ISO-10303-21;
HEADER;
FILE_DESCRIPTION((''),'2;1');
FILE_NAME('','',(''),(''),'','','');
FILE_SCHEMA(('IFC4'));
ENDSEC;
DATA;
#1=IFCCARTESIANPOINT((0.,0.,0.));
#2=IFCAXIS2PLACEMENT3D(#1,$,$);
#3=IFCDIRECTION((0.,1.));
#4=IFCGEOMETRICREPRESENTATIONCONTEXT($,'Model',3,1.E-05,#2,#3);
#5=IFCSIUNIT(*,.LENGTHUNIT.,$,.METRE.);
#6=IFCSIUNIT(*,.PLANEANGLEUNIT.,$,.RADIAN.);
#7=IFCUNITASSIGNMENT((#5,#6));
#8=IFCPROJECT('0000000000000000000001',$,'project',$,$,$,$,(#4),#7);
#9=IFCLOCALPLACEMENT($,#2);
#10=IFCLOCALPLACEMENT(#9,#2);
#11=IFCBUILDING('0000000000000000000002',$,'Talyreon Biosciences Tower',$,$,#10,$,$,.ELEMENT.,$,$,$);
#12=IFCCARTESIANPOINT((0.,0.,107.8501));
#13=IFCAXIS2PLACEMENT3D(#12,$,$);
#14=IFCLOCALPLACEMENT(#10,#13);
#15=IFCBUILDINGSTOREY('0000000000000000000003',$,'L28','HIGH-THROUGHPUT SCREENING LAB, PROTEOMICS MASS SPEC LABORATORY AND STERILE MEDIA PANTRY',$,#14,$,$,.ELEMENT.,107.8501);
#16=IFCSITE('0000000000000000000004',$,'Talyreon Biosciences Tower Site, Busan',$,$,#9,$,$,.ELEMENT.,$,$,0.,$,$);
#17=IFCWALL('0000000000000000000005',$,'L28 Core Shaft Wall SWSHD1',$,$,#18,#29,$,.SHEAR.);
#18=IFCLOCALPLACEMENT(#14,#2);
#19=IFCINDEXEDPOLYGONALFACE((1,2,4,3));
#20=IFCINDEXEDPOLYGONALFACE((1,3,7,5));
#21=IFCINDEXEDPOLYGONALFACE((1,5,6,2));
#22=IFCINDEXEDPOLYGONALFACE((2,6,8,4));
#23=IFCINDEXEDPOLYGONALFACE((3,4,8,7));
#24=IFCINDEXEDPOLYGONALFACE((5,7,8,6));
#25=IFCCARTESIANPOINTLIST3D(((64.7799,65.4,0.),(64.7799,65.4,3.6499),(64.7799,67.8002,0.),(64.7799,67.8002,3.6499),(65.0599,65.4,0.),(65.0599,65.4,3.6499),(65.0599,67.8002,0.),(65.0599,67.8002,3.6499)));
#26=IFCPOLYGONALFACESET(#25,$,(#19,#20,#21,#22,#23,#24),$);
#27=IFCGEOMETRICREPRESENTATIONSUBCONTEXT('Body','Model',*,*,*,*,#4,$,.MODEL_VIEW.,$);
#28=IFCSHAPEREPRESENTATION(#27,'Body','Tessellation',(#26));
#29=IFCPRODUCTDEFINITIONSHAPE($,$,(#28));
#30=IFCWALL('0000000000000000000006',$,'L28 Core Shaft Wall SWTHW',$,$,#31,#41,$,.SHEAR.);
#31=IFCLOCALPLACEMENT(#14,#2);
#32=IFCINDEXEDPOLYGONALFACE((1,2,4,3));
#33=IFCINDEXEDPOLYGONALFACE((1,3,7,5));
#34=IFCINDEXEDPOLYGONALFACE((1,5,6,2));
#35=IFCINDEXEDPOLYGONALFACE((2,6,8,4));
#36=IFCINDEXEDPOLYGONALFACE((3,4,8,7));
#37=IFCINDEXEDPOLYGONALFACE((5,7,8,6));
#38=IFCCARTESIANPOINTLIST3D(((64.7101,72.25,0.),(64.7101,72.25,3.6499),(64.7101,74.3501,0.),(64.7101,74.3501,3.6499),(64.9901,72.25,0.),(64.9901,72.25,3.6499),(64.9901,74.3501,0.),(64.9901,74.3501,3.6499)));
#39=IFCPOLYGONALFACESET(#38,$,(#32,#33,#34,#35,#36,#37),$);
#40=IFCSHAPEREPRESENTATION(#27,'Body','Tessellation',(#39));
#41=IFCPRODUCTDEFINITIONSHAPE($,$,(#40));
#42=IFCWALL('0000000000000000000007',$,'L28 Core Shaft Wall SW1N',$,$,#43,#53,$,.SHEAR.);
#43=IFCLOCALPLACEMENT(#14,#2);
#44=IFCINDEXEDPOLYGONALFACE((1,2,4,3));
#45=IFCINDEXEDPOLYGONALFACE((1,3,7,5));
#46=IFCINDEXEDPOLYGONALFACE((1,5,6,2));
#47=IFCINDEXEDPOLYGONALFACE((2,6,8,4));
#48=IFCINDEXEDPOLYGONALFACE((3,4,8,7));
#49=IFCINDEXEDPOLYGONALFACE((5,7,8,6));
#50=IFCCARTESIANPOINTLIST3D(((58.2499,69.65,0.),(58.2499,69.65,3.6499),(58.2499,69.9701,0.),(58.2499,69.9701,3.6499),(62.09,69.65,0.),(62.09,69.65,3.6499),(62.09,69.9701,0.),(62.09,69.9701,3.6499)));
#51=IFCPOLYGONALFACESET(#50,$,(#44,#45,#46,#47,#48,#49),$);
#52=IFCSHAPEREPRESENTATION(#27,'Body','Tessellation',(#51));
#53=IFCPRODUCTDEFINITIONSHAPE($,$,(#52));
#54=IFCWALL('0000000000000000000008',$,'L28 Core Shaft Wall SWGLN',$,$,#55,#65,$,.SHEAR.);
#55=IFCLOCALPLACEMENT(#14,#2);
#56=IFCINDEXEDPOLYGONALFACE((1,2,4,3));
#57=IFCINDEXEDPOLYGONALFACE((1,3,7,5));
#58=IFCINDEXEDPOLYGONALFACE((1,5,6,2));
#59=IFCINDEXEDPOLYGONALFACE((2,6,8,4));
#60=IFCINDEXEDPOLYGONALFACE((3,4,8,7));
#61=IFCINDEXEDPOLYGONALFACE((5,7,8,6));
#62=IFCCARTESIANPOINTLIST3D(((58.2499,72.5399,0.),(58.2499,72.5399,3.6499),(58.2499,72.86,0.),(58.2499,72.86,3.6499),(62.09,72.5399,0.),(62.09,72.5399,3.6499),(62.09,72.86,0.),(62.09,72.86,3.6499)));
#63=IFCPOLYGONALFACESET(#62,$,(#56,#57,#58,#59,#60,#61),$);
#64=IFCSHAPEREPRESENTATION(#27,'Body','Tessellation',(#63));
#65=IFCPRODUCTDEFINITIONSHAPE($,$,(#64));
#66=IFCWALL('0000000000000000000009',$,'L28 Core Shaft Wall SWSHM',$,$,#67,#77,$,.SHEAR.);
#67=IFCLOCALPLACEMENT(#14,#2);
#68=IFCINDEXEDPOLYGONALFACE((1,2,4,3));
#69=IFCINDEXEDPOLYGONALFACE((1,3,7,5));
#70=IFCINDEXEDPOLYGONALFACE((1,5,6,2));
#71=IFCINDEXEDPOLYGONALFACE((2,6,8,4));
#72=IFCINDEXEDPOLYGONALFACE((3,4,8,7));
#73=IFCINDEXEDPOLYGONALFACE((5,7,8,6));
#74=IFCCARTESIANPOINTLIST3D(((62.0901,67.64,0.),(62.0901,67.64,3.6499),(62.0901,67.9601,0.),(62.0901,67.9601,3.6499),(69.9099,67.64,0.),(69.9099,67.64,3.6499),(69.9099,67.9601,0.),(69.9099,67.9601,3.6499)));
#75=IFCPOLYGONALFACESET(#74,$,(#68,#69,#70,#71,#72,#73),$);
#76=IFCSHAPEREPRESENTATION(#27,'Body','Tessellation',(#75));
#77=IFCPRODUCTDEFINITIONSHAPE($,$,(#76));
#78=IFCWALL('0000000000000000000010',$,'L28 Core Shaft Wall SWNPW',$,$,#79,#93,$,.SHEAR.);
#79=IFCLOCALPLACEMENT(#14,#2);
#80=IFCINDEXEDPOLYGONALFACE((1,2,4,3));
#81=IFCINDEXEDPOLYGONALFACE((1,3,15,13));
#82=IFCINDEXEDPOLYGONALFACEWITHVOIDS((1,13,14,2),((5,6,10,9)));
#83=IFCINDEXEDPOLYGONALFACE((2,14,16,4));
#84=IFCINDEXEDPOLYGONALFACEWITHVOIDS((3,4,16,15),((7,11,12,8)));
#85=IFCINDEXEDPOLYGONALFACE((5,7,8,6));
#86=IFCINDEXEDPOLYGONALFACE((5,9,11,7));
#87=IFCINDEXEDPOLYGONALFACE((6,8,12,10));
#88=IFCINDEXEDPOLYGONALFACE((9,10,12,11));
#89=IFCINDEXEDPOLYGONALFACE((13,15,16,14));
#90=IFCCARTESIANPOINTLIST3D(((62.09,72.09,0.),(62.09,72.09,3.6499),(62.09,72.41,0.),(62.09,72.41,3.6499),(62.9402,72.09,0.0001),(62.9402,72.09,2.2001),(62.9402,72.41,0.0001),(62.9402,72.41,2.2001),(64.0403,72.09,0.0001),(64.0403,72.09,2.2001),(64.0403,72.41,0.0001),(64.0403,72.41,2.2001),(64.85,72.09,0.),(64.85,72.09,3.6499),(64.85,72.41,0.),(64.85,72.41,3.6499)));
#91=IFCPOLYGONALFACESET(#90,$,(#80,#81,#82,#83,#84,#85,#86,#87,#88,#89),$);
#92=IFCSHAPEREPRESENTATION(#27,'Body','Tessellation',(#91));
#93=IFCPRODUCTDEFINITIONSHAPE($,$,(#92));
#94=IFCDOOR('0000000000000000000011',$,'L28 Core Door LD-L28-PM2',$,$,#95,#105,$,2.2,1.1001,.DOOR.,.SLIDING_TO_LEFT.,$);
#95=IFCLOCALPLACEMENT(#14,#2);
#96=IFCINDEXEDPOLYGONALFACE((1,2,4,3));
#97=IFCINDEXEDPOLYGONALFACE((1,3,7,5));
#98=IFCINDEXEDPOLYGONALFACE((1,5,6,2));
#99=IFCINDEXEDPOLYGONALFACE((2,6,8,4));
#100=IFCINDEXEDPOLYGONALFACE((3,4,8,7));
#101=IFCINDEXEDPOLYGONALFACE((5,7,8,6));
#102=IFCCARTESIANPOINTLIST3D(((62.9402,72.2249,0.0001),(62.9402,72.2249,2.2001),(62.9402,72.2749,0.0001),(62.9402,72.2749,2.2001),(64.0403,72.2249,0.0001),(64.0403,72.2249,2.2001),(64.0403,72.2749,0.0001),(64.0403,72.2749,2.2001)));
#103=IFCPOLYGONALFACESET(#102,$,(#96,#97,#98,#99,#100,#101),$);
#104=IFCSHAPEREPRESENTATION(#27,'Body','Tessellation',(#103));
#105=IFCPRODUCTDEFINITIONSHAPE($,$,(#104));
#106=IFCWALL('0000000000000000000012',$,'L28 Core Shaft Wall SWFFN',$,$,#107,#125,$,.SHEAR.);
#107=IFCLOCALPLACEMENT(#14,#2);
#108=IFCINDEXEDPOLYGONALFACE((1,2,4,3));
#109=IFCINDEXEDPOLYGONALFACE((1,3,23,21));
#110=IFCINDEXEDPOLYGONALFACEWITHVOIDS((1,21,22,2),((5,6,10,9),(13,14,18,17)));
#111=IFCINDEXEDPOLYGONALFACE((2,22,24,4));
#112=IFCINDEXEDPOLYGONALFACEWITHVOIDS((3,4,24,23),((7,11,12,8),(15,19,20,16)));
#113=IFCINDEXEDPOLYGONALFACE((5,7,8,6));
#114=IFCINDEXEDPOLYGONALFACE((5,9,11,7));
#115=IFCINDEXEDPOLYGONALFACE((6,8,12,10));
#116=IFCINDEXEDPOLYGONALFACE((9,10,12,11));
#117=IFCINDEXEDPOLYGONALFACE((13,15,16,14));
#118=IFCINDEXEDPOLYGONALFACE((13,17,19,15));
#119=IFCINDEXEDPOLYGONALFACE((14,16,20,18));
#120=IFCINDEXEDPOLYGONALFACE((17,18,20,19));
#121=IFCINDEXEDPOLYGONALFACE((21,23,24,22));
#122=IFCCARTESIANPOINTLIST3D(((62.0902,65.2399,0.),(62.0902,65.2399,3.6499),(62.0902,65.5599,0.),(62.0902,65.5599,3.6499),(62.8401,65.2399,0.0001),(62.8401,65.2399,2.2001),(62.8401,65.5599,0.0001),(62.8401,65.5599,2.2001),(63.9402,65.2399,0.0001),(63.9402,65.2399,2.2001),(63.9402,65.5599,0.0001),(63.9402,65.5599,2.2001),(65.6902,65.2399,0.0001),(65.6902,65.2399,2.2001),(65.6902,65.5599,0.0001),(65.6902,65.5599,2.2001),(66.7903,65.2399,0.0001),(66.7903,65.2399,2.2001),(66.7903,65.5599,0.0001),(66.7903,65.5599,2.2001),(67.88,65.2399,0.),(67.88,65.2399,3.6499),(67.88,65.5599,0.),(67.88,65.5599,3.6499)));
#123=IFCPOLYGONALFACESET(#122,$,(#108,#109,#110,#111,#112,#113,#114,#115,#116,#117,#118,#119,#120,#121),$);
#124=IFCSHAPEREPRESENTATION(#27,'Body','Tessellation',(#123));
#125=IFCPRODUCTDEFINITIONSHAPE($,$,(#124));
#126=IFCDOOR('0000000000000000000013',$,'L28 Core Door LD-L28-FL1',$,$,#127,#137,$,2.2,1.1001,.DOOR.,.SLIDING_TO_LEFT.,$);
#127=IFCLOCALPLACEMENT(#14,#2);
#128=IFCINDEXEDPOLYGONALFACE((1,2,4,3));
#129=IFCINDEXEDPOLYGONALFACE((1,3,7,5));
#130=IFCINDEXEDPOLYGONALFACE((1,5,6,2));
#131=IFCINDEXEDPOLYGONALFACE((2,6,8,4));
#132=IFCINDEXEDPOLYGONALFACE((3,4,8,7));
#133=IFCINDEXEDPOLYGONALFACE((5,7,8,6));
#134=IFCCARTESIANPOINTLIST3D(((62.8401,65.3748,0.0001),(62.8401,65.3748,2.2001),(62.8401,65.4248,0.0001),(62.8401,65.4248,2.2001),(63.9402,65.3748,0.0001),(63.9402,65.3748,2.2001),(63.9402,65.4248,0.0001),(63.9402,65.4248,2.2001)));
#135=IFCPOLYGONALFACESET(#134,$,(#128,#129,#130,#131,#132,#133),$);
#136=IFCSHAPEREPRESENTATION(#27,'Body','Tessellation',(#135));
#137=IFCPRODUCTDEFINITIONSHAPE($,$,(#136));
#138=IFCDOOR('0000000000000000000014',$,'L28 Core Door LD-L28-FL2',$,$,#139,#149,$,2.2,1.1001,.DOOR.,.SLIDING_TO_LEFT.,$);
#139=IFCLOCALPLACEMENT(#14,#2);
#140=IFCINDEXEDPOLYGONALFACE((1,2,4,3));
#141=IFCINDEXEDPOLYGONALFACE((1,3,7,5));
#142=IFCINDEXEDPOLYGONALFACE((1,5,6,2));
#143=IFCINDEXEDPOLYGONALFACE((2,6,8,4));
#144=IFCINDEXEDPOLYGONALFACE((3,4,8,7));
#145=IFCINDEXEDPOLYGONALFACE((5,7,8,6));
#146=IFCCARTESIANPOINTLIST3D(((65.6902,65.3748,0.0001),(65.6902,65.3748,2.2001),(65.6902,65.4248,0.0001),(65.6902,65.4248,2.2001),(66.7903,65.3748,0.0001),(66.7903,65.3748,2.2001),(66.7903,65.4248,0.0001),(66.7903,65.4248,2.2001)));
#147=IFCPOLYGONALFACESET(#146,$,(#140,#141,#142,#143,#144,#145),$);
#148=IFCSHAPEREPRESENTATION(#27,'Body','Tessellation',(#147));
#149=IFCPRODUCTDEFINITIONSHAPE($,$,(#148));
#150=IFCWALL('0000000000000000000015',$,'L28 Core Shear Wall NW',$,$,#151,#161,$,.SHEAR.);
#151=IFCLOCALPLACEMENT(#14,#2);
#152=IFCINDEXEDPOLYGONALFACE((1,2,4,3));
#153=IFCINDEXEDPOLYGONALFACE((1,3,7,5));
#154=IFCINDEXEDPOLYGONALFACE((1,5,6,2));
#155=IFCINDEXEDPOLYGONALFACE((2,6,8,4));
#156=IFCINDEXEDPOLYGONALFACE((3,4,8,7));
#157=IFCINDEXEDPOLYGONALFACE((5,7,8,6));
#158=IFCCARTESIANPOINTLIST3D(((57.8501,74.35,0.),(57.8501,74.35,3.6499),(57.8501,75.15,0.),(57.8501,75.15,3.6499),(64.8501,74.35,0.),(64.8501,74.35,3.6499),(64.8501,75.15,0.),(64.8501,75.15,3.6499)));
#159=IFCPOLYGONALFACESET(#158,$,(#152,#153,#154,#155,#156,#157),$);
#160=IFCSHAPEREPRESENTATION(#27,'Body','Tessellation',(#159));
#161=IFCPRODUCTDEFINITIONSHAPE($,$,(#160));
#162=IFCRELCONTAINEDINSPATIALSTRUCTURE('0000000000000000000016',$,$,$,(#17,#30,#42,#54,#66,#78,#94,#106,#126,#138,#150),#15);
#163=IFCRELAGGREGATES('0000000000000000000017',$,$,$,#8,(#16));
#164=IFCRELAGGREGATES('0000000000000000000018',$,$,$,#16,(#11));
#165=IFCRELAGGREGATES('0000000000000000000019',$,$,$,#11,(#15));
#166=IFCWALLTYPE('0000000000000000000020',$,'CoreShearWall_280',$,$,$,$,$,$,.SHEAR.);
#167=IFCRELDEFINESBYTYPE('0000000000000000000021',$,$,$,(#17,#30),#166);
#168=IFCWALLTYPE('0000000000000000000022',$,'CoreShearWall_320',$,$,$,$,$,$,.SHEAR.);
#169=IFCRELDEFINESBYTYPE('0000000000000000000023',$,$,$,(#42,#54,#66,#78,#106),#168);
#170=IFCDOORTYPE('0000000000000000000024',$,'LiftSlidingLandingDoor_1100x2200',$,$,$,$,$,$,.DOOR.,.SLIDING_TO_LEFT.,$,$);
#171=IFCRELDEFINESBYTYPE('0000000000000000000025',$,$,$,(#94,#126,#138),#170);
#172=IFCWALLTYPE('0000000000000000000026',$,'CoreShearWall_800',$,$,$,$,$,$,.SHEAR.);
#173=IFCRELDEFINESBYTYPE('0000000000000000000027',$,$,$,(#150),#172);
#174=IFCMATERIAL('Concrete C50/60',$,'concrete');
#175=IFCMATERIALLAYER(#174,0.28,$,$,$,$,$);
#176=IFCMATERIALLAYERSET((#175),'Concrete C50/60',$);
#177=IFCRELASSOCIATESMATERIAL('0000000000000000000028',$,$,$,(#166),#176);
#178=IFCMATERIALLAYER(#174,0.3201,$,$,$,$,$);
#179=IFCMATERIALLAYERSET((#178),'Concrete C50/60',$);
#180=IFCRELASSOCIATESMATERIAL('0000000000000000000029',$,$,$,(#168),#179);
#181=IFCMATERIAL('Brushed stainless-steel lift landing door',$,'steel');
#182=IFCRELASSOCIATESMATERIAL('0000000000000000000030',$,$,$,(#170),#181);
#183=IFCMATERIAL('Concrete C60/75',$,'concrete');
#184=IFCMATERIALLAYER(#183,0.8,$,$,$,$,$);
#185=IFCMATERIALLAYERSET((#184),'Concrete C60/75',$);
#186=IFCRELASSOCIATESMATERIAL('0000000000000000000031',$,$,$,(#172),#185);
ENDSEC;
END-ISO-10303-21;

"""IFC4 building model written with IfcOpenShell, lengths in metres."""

from ifc_helpers import new_model, si_unit, direction, frame, frame_2d, origin, place, context, subcontext, project, spatial, rectangle, extrude, material, layer, layer_set, type_object, element, fill, save


model = new_model("IFC4")

# Units and contexts
model_context = context("Model", 3, precision=1e-05, world=origin(), true_north=direction((0.0, 1.0)))
body_context = subcontext(model_context, "Body", "Model", "MODEL_VIEW")
ifc_project = project(units=[si_unit("LENGTHUNIT", "METRE"), si_unit("PLANEANGLEUNIT", "RADIAN")], contexts=[model_context])

# Site, building, storey
site_placement = place(None, origin())
site = spatial("IfcSite", under=ifc_project, at=site_placement, Name="Talyreon Biosciences Tower Site, Busan", CompositionType="ELEMENT", RefElevation=0.0)
building_placement = place(site_placement, origin())
building = spatial("IfcBuilding", under=site, at=building_placement, Name="Talyreon Biosciences Tower", CompositionType="ELEMENT")
storey_placement = place(building_placement, frame((0.0, 0.0, 107.8501)))
storey = spatial("IfcBuildingStorey", under=building, at=storey_placement, Name="L28", Description="HIGH-THROUGHPUT SCREENING LAB, PROTEOMICS MASS SPEC LABORATORY AND STERILE MEDIA PANTRY", CompositionType="ELEMENT", Elevation=107.8501)

# Shared definitions
ifc_material_1 = material(Name="Concrete C50/60", Category="concrete")

# Shared definitions
ifc_material_2 = material(Name="Concrete C60/75", Category="concrete")

# Walls
ifc_layer_1 = layer(ifc_material_1, 0.28)
ifc_layer_set_1 = layer_set([ifc_layer_1], Name="Concrete C50/60")
wall_type_1 = type_object("IfcWallType", Name="CoreShearWall_280", PredefinedType="SHEAR", material=ifc_layer_set_1)
wall_1_placement = place(storey_placement, frame((64.9199, 65.3999, 0.0), z_axis=(0.0, 0.0, 1.0), x_axis=(0.0, 1.0, 0.0)))
element("IfcWall", 1, at=wall_1_placement, inside=storey, type_object=wall_type_1, Name="L28 Core Shaft Wall SWSHD1", PredefinedType="SHEAR", context=body_context, shape_type="SweptSolid", body=[
    extrude(rectangle(XDim=2.4001, YDim=0.28, at=frame_2d((1.2002, 0.0))), origin(), (0.0, 0.0, 1.0), 3.6499),
])
wall_2_placement = place(storey_placement, frame((64.8501, 72.25, 0.0), z_axis=(0.0, 0.0, 1.0), x_axis=(0.0, 1.0, 0.0)))
element("IfcWall", 2, at=wall_2_placement, inside=storey, type_object=wall_type_1, Name="L28 Core Shaft Wall SWTHW", PredefinedType="SHEAR", context=body_context, shape_type="SweptSolid", body=[
    extrude(rectangle(XDim=2.1001, YDim=0.28, at=frame_2d((1.05, 0.0))), origin(), (0.0, 0.0, 1.0), 3.6499),
])
ifc_layer_2 = layer(ifc_material_1, 0.3201)
ifc_layer_set_2 = layer_set([ifc_layer_2], Name="Concrete C50/60")
wall_type_2 = type_object("IfcWallType", Name="CoreShearWall_320", PredefinedType="SHEAR", material=ifc_layer_set_2)
for number, where, z_axis, x_axis, name in (
    (3, (58.25, 69.8101, 0.0), (0.0, 0.0, 1.0), (1.0, 0.0, 0.0), "L28 Core Shaft Wall SW1N"),
    (4, (58.25, 72.7, 0.0), (0.0, 0.0, 1.0), (1.0, 0.0, 0.0), "L28 Core Shaft Wall SWGLN"),
):
    element("IfcWall", number, at=place(storey_placement, frame(where, z_axis=z_axis, x_axis=x_axis)), inside=storey, type_object=wall_type_2, Name=name, PredefinedType="SHEAR", context=body_context, shape_type="SweptSolid", body=[
        extrude(rectangle(XDim=3.8401, YDim=0.3201, at=frame_2d((1.9199, 0.0))), origin(), (0.0, 0.0, 1.0), 3.6499),
    ])
wall_3_placement = place(storey_placement, frame((62.0901, 67.8, 0.0), z_axis=(0.0, 0.0, 1.0), x_axis=(1.0, 0.0, 0.0)))
element("IfcWall", 5, at=wall_3_placement, inside=storey, type_object=wall_type_2, Name="L28 Core Shaft Wall SWSHM", PredefinedType="SHEAR", context=body_context, shape_type="SweptSolid", body=[
    extrude(rectangle(XDim=7.8198, YDim=0.3201, at=frame_2d((3.9099, 0.0))), origin(), (0.0, 0.0, 1.0), 3.6499),
])

# Shared definitions
ifc_material_3 = material(Name="Brushed stainless-steel lift landing door", Category="steel")
door_type_1 = type_object("IfcDoorType", Name="LiftSlidingLandingDoor_1100x2200", OperationType="SLIDING_TO_LEFT", PredefinedType="DOOR", material=ifc_material_3)

# Wall, opening, door
wall_4_placement = place(storey_placement, frame((62.0901, 72.25, 0.0), z_axis=(0.0, 0.0, 1.0), x_axis=(1.0, 0.0, 0.0)))
wall_4 = element("IfcWall", 6, at=wall_4_placement, inside=storey, type_object=wall_type_2, Name="L28 Core Shaft Wall SWNPW", PredefinedType="SHEAR", context=body_context, shape_type="SweptSolid", body=[
    extrude(rectangle(XDim=2.76, YDim=0.3201, at=frame_2d((1.3799, 0.0))), origin(), (0.0, 0.0, 1.0), 3.6499),
])
opening_1_placement = place(wall_4_placement, frame((0.8501, 0.0, 0.0)))
opening_1 = element("IfcOpeningElement", 7, at=opening_1_placement, cuts=wall_4, PredefinedType="OPENING", context=body_context, shape_type="SweptSolid", body=[
    extrude(rectangle(XDim=1.1001, YDim=2.2, at=frame_2d((0.55, 1.1001))), frame((0.0, 0.1699, 0.0), z_axis=(0.0, -1.0, 0.0), x_axis=(1.0, 0.0, 0.0)), (0.0, 0.0, 1.0), 0.3401),
])
door_1_placement = place(opening_1_placement, origin())
door_1 = element("IfcDoor", 8, at=door_1_placement, inside=storey, type_object=door_type_1, Name="L28 Core Door LD-L28-PM2", OperationType="SLIDING_TO_LEFT", OverallHeight=2.2, OverallWidth=1.1001, PredefinedType="DOOR", context=body_context, shape_type="SweptSolid", body=[
    extrude(rectangle(XDim=1.1001, YDim=2.2, at=frame_2d((0.55, 1.1001))), frame((0.0, 0.0249, 0.0), z_axis=(0.0, -1.0, 0.0), x_axis=(1.0, 0.0, 0.0)), (0.0, 0.0, 1.0), 0.05),
])
fill(opening_1, door_1)

# Wall, openings, doors
wall_5_placement = place(storey_placement, frame((62.0901, 65.3999, 0.0), z_axis=(0.0, 0.0, 1.0), x_axis=(1.0, 0.0, 0.0)))
wall_5 = element("IfcWall", 9, at=wall_5_placement, inside=storey, type_object=wall_type_2, Name="L28 Core Shaft Wall SWFFN", PredefinedType="SHEAR", context=body_context, shape_type="SweptSolid", body=[
    extrude(rectangle(XDim=5.7898, YDim=0.3201, at=frame_2d((2.895, 0.0))), origin(), (0.0, 0.0, 1.0), 3.6499),
])
opening_2_placement = place(wall_5_placement, frame((0.75, 0.0, 0.0)))
opening_2 = element("IfcOpeningElement", 10, at=opening_2_placement, cuts=wall_5, PredefinedType="OPENING", context=body_context, shape_type="SweptSolid", body=[
    extrude(rectangle(XDim=1.1001, YDim=2.2, at=frame_2d((0.55, 1.1001))), frame((0.0, 0.1699, 0.0), z_axis=(0.0, -1.0, 0.0), x_axis=(1.0, 0.0, 0.0)), (0.0, 0.0, 1.0), 0.3401),
])
opening_3_placement = place(wall_5_placement, frame((3.6001, 0.0, 0.0)))
opening_3 = element("IfcOpeningElement", 11, at=opening_3_placement, cuts=wall_5, PredefinedType="OPENING", context=body_context, shape_type="SweptSolid", body=[
    extrude(rectangle(XDim=1.1001, YDim=2.2, at=frame_2d((0.55, 1.1001))), frame((0.0, 0.1699, 0.0), z_axis=(0.0, -1.0, 0.0), x_axis=(1.0, 0.0, 0.0)), (0.0, 0.0, 1.0), 0.3401),
])
door_2_placement = place(opening_2_placement, origin())
door_2 = element("IfcDoor", 12, at=door_2_placement, inside=storey, type_object=door_type_1, Name="L28 Core Door LD-L28-FL1", OperationType="SLIDING_TO_LEFT", OverallHeight=2.2, OverallWidth=1.1001, PredefinedType="DOOR", context=body_context, shape_type="SweptSolid", body=[
    extrude(rectangle(XDim=1.1001, YDim=2.2, at=frame_2d((0.55, 1.1001))), frame((0.0, 0.0249, 0.0), z_axis=(0.0, -1.0, 0.0), x_axis=(1.0, 0.0, 0.0)), (0.0, 0.0, 1.0), 0.05),
])
fill(opening_2, door_2)
door_3_placement = place(opening_3_placement, origin())
door_3 = element("IfcDoor", 13, at=door_3_placement, inside=storey, type_object=door_type_1, Name="L28 Core Door LD-L28-FL2", OperationType="SLIDING_TO_LEFT", OverallHeight=2.2, OverallWidth=1.1001, PredefinedType="DOOR", context=body_context, shape_type="SweptSolid", body=[
    extrude(rectangle(XDim=1.1001, YDim=2.2, at=frame_2d((0.55, 1.1001))), frame((0.0, 0.0249, 0.0), z_axis=(0.0, -1.0, 0.0), x_axis=(1.0, 0.0, 0.0)), (0.0, 0.0, 1.0), 0.05),
])
fill(opening_3, door_3)

# Wall
ifc_layer_3 = layer(ifc_material_2, 0.8)
ifc_layer_set_3 = layer_set([ifc_layer_3], Name="Concrete C60/75")
wall_type_3 = type_object("IfcWallType", Name="CoreShearWall_800", PredefinedType="SHEAR", material=ifc_layer_set_3)
wall_6_placement = place(storey_placement, frame((64.8501, 74.75, 0.0), z_axis=(0.0, 0.0, 1.0), x_axis=(-1.0, 0.0, 0.0)))
element("IfcWall", 14, at=wall_6_placement, inside=storey, type_object=wall_type_3, Name="L28 Core Shear Wall NW", PredefinedType="SHEAR", context=body_context, shape_type="SweptSolid", body=[
    extrude(rectangle(XDim=7.0, YDim=0.8, at=frame_2d((3.5, 0.0))), origin(), (0.0, 0.0, 1.0), 3.6499),
])

save(model, "model.ifc")
